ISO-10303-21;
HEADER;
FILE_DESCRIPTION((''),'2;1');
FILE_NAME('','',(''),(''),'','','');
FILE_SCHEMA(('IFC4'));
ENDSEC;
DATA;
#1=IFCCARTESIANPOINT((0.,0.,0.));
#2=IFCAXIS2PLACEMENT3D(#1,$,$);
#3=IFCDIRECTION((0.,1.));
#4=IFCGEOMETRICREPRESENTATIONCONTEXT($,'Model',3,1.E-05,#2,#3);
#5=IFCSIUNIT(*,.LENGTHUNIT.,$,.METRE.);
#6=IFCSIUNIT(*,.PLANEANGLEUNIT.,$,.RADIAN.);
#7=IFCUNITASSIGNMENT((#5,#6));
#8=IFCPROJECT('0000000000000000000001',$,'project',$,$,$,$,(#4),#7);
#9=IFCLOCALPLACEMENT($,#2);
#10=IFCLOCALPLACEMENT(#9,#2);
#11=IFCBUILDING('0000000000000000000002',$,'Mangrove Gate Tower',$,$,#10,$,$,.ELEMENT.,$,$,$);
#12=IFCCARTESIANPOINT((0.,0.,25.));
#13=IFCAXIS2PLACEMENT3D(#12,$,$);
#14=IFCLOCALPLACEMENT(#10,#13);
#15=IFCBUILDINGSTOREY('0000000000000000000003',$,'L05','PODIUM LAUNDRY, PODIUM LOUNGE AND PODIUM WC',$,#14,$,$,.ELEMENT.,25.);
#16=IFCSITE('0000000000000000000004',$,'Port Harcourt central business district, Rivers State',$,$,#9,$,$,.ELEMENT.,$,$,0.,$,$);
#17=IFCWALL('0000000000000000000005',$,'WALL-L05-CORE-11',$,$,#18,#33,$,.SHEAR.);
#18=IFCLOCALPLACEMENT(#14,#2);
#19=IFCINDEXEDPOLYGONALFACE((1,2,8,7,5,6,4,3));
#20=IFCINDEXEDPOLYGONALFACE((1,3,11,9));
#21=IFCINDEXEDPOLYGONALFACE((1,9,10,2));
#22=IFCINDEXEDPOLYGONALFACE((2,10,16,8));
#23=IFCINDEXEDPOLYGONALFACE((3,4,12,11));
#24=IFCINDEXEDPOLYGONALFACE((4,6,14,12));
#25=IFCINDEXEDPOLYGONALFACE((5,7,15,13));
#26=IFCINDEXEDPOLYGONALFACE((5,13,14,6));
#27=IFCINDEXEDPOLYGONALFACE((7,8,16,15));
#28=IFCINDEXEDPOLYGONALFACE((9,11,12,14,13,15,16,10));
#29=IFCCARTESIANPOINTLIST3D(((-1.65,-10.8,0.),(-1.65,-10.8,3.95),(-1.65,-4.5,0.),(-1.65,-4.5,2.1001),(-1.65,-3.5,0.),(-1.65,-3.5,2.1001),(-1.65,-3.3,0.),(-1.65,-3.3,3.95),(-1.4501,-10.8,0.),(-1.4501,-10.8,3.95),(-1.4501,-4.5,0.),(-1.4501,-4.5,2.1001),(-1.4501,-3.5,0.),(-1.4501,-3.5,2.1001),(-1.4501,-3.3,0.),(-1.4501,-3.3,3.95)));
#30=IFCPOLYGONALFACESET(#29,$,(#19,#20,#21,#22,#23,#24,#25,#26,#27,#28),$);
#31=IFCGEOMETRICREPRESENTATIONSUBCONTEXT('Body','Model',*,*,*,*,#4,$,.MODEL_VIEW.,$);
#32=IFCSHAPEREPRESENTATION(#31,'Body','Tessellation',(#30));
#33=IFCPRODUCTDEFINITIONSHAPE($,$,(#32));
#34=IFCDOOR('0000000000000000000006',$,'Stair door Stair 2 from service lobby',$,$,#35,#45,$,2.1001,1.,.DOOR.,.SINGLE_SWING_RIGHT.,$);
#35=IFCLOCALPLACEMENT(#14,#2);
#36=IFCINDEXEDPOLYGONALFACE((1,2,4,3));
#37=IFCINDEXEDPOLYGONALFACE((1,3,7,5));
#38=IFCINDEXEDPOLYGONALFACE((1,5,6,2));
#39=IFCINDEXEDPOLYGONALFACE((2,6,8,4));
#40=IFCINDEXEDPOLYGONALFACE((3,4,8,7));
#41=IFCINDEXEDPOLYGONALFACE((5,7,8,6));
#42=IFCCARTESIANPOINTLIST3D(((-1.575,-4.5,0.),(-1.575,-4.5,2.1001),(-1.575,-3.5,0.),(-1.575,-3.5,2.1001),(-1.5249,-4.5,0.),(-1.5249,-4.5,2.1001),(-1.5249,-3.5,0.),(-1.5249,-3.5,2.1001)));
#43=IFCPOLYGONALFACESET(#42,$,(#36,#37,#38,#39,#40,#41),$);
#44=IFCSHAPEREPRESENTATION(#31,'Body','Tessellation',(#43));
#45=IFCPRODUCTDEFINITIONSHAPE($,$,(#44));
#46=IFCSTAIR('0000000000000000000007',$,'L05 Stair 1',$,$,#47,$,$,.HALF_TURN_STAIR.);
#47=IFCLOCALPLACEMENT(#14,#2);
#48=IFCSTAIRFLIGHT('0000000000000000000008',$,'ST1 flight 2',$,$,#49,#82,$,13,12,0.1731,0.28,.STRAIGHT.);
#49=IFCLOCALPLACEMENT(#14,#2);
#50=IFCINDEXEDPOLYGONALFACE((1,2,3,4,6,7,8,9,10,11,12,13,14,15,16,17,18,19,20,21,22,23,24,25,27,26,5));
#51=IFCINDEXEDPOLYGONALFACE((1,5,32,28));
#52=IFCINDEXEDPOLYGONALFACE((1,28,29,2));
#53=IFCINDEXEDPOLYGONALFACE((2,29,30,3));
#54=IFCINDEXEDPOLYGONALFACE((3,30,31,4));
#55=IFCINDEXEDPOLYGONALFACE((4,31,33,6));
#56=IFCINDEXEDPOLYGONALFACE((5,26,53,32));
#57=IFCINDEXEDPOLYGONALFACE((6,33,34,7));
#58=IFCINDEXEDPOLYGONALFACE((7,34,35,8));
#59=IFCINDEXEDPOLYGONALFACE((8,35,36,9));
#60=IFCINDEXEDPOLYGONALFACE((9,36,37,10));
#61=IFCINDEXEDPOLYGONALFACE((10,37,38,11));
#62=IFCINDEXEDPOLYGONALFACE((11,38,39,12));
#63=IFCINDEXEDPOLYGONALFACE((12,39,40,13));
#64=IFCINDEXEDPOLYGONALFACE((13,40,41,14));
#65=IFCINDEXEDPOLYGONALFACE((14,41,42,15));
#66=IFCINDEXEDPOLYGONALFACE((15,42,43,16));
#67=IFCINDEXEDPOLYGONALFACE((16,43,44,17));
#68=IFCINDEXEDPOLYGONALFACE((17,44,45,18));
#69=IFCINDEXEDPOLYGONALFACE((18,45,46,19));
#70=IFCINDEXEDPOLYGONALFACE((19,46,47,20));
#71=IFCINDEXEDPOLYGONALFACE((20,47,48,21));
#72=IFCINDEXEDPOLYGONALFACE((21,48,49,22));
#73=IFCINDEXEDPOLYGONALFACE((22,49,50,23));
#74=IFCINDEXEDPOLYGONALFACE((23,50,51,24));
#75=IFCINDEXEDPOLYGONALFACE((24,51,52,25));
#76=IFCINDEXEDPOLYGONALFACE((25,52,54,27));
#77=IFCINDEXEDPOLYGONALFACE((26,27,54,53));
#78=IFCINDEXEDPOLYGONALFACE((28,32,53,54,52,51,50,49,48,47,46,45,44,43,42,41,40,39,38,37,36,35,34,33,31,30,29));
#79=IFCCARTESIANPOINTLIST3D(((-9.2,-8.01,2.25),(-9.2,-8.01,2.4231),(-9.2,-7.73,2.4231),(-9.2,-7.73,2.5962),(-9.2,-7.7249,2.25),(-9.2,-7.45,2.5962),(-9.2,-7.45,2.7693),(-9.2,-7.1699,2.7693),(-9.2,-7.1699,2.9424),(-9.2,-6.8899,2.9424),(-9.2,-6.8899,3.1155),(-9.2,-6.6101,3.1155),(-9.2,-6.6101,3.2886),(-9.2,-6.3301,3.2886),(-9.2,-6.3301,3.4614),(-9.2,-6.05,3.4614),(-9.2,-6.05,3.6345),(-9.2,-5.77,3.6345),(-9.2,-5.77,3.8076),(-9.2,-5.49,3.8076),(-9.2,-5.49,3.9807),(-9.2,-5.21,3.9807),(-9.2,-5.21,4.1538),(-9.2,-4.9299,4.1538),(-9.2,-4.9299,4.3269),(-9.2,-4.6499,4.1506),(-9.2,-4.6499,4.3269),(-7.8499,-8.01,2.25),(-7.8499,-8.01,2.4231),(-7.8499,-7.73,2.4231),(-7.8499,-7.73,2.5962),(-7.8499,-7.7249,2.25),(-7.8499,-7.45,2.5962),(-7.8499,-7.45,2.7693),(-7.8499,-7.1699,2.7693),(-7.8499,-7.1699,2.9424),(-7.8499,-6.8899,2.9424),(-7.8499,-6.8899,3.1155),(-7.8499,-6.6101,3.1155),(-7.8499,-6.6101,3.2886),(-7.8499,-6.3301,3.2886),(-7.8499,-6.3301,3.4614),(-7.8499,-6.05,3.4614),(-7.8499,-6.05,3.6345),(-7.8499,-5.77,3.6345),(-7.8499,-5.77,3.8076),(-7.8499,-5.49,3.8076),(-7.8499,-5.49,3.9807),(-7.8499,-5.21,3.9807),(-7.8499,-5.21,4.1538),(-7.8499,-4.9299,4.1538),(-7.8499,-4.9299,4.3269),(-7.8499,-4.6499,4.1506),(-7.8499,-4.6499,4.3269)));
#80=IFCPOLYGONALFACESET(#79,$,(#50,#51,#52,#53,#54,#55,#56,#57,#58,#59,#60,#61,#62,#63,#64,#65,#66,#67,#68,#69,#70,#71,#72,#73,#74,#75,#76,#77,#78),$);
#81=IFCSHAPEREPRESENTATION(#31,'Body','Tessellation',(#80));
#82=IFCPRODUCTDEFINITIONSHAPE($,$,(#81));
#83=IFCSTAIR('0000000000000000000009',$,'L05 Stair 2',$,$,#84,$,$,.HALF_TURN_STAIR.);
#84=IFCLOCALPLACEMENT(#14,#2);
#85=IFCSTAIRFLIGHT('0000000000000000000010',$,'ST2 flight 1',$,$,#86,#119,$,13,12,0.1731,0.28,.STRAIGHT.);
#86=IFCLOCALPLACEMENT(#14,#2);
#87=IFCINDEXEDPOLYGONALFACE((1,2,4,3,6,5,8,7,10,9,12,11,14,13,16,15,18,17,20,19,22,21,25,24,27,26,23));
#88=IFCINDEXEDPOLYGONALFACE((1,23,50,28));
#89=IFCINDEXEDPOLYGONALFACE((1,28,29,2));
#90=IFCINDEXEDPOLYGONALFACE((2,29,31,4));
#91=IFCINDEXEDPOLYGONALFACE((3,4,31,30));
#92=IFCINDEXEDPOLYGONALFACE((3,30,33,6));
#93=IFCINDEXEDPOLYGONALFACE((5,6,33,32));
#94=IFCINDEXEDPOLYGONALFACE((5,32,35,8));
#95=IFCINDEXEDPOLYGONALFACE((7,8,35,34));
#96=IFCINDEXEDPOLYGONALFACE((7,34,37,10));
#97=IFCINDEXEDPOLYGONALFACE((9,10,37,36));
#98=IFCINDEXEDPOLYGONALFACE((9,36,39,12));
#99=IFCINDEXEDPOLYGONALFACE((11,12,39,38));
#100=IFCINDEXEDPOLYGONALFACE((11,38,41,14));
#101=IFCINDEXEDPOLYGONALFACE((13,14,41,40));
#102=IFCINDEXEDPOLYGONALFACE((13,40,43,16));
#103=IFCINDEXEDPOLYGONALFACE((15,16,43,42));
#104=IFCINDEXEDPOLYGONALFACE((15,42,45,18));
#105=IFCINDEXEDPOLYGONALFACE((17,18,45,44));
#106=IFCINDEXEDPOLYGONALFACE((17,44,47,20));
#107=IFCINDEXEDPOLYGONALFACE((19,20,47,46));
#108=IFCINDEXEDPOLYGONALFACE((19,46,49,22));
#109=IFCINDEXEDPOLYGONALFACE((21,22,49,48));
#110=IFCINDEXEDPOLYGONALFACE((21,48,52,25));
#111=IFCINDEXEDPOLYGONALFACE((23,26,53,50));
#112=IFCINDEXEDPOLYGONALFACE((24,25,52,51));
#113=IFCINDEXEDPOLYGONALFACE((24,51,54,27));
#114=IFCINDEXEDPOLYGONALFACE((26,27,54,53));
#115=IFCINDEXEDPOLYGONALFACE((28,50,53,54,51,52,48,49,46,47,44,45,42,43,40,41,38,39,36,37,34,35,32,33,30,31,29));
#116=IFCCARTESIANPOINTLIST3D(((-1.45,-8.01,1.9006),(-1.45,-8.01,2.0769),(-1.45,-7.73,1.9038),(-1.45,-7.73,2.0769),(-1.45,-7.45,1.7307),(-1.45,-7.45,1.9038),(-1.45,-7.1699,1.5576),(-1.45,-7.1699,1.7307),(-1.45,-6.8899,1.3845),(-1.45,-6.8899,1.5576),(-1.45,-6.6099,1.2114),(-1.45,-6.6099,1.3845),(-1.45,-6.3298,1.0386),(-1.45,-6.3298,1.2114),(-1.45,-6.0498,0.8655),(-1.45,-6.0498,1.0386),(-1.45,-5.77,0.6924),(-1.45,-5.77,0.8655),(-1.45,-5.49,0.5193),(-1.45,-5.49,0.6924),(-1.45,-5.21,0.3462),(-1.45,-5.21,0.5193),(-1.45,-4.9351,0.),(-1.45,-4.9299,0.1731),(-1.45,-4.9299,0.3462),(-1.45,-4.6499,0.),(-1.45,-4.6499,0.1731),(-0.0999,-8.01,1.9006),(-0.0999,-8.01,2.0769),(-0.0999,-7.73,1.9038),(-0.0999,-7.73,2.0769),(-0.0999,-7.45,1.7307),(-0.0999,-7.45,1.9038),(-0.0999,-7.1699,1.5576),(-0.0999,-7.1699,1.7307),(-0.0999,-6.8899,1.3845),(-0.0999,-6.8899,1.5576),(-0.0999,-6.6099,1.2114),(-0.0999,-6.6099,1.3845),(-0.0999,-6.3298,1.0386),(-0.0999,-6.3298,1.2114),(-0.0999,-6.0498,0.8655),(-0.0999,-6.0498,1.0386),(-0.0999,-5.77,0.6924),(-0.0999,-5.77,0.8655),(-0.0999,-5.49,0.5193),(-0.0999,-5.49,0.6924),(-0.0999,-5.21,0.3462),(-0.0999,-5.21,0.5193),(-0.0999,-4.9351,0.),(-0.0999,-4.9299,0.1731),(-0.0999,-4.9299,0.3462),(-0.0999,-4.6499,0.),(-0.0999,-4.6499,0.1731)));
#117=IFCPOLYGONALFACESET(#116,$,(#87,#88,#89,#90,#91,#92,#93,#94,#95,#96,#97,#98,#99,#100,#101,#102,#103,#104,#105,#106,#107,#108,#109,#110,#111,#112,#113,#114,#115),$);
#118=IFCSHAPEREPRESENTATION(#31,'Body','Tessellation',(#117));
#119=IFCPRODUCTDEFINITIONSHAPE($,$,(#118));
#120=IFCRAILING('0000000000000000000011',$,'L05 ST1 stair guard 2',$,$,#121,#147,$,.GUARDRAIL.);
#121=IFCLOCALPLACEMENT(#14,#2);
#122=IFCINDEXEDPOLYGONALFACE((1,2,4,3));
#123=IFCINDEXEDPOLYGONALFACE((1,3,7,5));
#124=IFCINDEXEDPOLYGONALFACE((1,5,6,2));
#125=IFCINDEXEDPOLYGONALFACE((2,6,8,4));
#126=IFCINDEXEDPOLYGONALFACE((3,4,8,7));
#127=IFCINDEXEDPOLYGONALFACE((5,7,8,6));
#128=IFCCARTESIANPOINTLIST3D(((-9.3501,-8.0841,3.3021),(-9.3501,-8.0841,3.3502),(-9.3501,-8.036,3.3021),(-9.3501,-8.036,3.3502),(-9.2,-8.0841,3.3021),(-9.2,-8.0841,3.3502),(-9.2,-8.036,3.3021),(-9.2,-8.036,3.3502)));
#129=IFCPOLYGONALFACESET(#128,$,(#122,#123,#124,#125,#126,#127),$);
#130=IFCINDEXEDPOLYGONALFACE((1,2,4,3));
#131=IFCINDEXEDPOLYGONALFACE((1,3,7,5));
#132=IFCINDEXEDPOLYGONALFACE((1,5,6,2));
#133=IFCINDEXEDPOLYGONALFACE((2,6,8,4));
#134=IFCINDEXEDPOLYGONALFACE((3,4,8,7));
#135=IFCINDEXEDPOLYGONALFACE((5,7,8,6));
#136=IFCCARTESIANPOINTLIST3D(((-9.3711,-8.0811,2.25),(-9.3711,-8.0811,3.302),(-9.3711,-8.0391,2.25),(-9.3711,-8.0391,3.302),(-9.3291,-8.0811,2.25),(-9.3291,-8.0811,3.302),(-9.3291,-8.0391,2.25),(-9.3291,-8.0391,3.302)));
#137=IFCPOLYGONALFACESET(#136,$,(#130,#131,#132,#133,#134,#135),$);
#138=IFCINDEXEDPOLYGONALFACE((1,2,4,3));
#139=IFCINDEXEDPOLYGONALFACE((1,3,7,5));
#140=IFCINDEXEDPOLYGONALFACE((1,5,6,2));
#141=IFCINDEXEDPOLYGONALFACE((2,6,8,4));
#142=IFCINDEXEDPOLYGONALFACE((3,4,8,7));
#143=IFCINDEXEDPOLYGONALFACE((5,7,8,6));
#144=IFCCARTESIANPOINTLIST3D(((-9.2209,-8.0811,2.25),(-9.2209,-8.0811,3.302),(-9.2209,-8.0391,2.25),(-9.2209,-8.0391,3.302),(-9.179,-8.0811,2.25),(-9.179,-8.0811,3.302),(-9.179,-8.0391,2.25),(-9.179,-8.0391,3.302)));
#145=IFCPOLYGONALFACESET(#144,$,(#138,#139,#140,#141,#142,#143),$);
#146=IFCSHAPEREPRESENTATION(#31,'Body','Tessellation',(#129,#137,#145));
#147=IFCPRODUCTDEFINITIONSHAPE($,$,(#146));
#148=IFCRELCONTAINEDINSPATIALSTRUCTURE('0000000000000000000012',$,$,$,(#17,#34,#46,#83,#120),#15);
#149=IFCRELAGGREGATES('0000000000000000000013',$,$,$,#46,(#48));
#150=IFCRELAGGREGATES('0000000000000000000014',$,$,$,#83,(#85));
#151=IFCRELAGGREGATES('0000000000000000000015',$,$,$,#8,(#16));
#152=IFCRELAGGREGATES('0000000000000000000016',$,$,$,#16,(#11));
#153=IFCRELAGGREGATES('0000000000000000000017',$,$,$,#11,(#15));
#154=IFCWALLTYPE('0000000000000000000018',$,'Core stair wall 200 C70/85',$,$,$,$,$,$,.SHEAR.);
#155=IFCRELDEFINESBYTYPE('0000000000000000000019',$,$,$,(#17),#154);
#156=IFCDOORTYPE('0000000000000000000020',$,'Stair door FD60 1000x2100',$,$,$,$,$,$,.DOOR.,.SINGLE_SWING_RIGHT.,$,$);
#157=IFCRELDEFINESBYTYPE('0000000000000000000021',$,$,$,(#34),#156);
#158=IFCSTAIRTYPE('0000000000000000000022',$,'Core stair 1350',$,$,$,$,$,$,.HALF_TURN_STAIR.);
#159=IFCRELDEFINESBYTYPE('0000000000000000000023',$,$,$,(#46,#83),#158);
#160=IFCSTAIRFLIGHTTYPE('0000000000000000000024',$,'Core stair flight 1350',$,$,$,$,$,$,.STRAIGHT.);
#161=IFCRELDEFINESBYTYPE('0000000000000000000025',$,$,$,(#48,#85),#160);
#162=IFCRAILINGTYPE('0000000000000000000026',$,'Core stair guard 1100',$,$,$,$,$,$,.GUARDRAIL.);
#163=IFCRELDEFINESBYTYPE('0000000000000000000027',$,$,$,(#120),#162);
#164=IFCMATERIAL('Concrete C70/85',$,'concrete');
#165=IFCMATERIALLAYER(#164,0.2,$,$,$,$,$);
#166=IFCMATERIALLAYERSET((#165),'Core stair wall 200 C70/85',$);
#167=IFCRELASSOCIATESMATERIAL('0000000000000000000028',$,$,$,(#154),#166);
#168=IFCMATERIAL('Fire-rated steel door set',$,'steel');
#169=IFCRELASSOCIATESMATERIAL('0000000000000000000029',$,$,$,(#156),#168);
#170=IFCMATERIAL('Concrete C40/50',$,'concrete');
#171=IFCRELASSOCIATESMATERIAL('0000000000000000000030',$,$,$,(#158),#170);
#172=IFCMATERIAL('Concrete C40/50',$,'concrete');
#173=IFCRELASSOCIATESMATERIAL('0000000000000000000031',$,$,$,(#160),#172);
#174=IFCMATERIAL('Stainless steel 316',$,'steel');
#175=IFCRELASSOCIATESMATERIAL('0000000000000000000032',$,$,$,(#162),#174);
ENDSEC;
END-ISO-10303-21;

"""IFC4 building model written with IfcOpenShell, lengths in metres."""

from ifc_helpers import new_model, si_unit, direction, frame, frame_2d, origin, origin_2d, place, context, subcontext, project, spatial, polyline, rectangle, outline, extrude, material, layer, layer_set, type_object, element, fill, aggregate, save


model = new_model("IFC4")

# Units and contexts
model_context = context("Model", 3, precision=1e-05, world=origin(), true_north=direction((0.0, 1.0)))
body_context = subcontext(model_context, "Body", "Model", "MODEL_VIEW")
ifc_project = project(units=[si_unit("LENGTHUNIT", "METRE"), si_unit("PLANEANGLEUNIT", "RADIAN")], contexts=[model_context])

# Site, building, storey
site_placement = place(None, origin())
site = spatial("IfcSite", under=ifc_project, at=site_placement, Name="Port Harcourt central business district, Rivers State", CompositionType="ELEMENT", RefElevation=0.0)
building_placement = place(site_placement, origin())
building = spatial("IfcBuilding", under=site, at=building_placement, Name="Mangrove Gate Tower", CompositionType="ELEMENT")
storey_placement = place(building_placement, frame((0.0, 0.0, 25.0)))
storey = spatial("IfcBuildingStorey", under=building, at=storey_placement, Name="L05", Description="PODIUM LAUNDRY, PODIUM LOUNGE AND PODIUM WC", CompositionType="ELEMENT", Elevation=25.0)

# Shared definitions
ifc_material_1 = material(Name="Concrete C70/85", Category="concrete")
ifc_layer_1 = layer(ifc_material_1, 0.2)
ifc_layer_set_1 = layer_set([ifc_layer_1], Name="Core stair wall 200 C70/85")
wall_type_1 = type_object("IfcWallType", Name="Core stair wall 200 C70/85", PredefinedType="SHEAR", material=ifc_layer_set_1)

# Wall, opening, door
wall_1_placement = place(storey_placement, frame((-1.55, -10.8, 0.0), z_axis=(0.0, 0.0, 1.0), x_axis=(0.0, 1.0, 0.0)))
wall_1 = element("IfcWall", 1, at=wall_1_placement, inside=storey, type_object=wall_type_1, Name="WALL-L05-CORE-11", PredefinedType="SHEAR", context=body_context, shape_type="SweptSolid", body=[
    extrude(rectangle(XDim=7.5, YDim=0.2, at=frame_2d((3.75, 0.0))), origin(), (0.0, 0.0, 1.0), 3.95),
])
opening_1_placement = place(wall_1_placement, frame((6.3, 0.0, 0.0)))
opening_1 = element("IfcOpeningElement", 2, at=opening_1_placement, cuts=wall_1, PredefinedType="OPENING", context=body_context, shape_type="SweptSolid", body=[
    extrude(rectangle(XDim=1.0, YDim=2.1001, at=frame_2d((0.5, 1.05))), frame((0.0, 0.1099, 0.0), z_axis=(0.0, -1.0, 0.0), x_axis=(1.0, 0.0, 0.0)), (0.0, 0.0, 1.0), 0.22),
])
ifc_material_2 = material(Name="Fire-rated steel door set", Category="steel")
door_type_1 = type_object("IfcDoorType", Name="Stair door FD60 1000x2100", OperationType="SINGLE_SWING_RIGHT", PredefinedType="DOOR", material=ifc_material_2)
door_1_placement = place(opening_1_placement, origin())
door_1 = element("IfcDoor", 3, at=door_1_placement, inside=storey, type_object=door_type_1, Name="Stair door Stair 2 from service lobby", OperationType="SINGLE_SWING_RIGHT", OverallHeight=2.1001, OverallWidth=1.0, PredefinedType="DOOR", context=body_context, shape_type="SweptSolid", body=[
    extrude(rectangle(XDim=1.0, YDim=2.1001, at=frame_2d((0.5, 1.05))), frame((0.0, 0.0249, 0.0), z_axis=(0.0, -1.0, 0.0), x_axis=(1.0, 0.0, 0.0)), (0.0, 0.0, 1.0), 0.05),
])
fill(opening_1, door_1)

# Stairs, stair flights
ifc_material_3 = material(Name="Concrete C40/50", Category="concrete")
stair_type = type_object("IfcStairType", Name="Core stair 1350", PredefinedType="HALF_TURN_STAIR", material=ifc_material_3)
stair_1_placement = place(storey_placement, origin())
stair_1 = element("IfcStair", 4, at=stair_1_placement, inside=storey, type_object=stair_type, Name="L05 Stair 1", PredefinedType="HALF_TURN_STAIR")
ifc_material_4 = material(Name="Concrete C40/50", Category="concrete")
stair_flight_type = type_object("IfcStairFlightType", Name="Core stair flight 1350", PredefinedType="STRAIGHT", material=ifc_material_4)
stair_flight_1_placement = place(storey_placement, frame((-8.5249, -8.01, 2.25), z_axis=(0.0, 0.0, 1.0), x_axis=(0.0, 1.0, 0.0)))
stair_flight_1 = element("IfcStairFlight", 5, at=stair_flight_1_placement, type_object=stair_flight_type, Name="ST1 flight 2", NumberOfRisers=13, NumberOfTreads=12, PredefinedType="STRAIGHT", RiserHeight=0.1731, TreadLength=0.28, context=body_context, shape_type="SweptSolid", body=[
    extrude(outline(polyline([(0.0, 0.0), (0.0, 0.1731), (0.28, 0.1731), (0.28, 0.3462), (0.5601, 0.3462), (0.5601, 0.5193), (0.8401, 0.5193), (0.8401, 0.6924), (1.1201, 0.6924), (1.1201, 0.8655), (1.3999, 0.8655), (1.3999, 1.0386), (1.6799, 1.0386), (1.6799, 1.2114), (1.96, 1.2114), (1.96, 1.3845), (2.24, 1.3845), (2.24, 1.5576), (2.52, 1.5576), (2.52, 1.7307), (2.8, 1.7307), (2.8, 1.9038), (3.0801, 1.9038), (3.0801, 2.0769), (3.3601, 2.0769), (3.3601, 2.25), (3.3601, 1.9006), (0.2852, 0.0), (0.0, 0.0)])), frame((0.0, 0.675, 0.0), z_axis=(0.0, -1.0, 0.0), x_axis=(1.0, 0.0, 0.0)), (0.0, 0.0, 1.0), 1.3501),
])
aggregate(stair_1, [stair_flight_1])
stair_2_placement = place(storey_placement, origin())
stair_2 = element("IfcStair", 6, at=stair_2_placement, inside=storey, type_object=stair_type, Name="L05 Stair 2", PredefinedType="HALF_TURN_STAIR")
stair_flight_2_placement = place(storey_placement, frame((-0.7749, -4.6499, 0.0), z_axis=(0.0, 0.0, 1.0), x_axis=(0.0, -1.0, 0.0)))
stair_flight_2 = element("IfcStairFlight", 7, at=stair_flight_2_placement, type_object=stair_flight_type, Name="ST2 flight 1", NumberOfRisers=13, NumberOfTreads=12, PredefinedType="STRAIGHT", RiserHeight=0.1731, TreadLength=0.28, context=body_context, shape_type="SweptSolid", body=[
    extrude(outline(polyline([(0.0, 0.0), (0.0, 0.1731), (0.28, 0.1731), (0.28, 0.3462), (0.5601, 0.3462), (0.5601, 0.5193), (0.8401, 0.5193), (0.8401, 0.6924), (1.1201, 0.6924), (1.1201, 0.8655), (1.3999, 0.8655), (1.3999, 1.0386), (1.6799, 1.0386), (1.6799, 1.2114), (1.96, 1.2114), (1.96, 1.3845), (2.24, 1.3845), (2.24, 1.5576), (2.52, 1.5576), (2.52, 1.7307), (2.8, 1.7307), (2.8, 1.9038), (3.0801, 1.9038), (3.0801, 2.0769), (3.3601, 2.0769), (3.3601, 2.25), (3.3601, 1.9006), (0.2852, 0.0), (0.0, 0.0)])), frame((0.0, 0.675, 0.0), z_axis=(0.0, -1.0, 0.0), x_axis=(1.0, 0.0, 0.0)), (0.0, 0.0, 1.0), 1.3501),
])
aggregate(stair_2, [stair_flight_2])

# Railing
ifc_material_5 = material(Name="Stainless steel 316", Category="steel")
railing_type_1 = type_object("IfcRailingType", Name="Core stair guard 1100", PredefinedType="GUARDRAIL", material=ifc_material_5)
railing_1_placement = place(storey_placement, frame((-9.3501, -8.0601, 2.25)))
element("IfcRailing", 8, at=railing_1_placement, inside=storey, type_object=railing_type_1, Name="L05 ST1 stair guard 2", PredefinedType="GUARDRAIL", context=body_context, shape_type="SweptSolid", body=[
    extrude(rectangle(XDim=0.0481, YDim=0.0481, at=origin_2d()), frame((0.0, 0.0, 1.0762), z_axis=(1.0, 0.0, 0.0), x_axis=(0.0, 1.0, 0.0)), (0.0, 0.0, 1.0), 0.1501),
    extrude(rectangle(XDim=0.042, YDim=0.042, at=origin_2d()), origin(), (0.0, 0.0, 1.0), 1.052),
    extrude(rectangle(XDim=0.042, YDim=0.042, at=origin_2d()), frame((0.1501, 0.0, 0.0)), (0.0, 0.0, 1.0), 1.052),
])

save(model, "model.ifc")
